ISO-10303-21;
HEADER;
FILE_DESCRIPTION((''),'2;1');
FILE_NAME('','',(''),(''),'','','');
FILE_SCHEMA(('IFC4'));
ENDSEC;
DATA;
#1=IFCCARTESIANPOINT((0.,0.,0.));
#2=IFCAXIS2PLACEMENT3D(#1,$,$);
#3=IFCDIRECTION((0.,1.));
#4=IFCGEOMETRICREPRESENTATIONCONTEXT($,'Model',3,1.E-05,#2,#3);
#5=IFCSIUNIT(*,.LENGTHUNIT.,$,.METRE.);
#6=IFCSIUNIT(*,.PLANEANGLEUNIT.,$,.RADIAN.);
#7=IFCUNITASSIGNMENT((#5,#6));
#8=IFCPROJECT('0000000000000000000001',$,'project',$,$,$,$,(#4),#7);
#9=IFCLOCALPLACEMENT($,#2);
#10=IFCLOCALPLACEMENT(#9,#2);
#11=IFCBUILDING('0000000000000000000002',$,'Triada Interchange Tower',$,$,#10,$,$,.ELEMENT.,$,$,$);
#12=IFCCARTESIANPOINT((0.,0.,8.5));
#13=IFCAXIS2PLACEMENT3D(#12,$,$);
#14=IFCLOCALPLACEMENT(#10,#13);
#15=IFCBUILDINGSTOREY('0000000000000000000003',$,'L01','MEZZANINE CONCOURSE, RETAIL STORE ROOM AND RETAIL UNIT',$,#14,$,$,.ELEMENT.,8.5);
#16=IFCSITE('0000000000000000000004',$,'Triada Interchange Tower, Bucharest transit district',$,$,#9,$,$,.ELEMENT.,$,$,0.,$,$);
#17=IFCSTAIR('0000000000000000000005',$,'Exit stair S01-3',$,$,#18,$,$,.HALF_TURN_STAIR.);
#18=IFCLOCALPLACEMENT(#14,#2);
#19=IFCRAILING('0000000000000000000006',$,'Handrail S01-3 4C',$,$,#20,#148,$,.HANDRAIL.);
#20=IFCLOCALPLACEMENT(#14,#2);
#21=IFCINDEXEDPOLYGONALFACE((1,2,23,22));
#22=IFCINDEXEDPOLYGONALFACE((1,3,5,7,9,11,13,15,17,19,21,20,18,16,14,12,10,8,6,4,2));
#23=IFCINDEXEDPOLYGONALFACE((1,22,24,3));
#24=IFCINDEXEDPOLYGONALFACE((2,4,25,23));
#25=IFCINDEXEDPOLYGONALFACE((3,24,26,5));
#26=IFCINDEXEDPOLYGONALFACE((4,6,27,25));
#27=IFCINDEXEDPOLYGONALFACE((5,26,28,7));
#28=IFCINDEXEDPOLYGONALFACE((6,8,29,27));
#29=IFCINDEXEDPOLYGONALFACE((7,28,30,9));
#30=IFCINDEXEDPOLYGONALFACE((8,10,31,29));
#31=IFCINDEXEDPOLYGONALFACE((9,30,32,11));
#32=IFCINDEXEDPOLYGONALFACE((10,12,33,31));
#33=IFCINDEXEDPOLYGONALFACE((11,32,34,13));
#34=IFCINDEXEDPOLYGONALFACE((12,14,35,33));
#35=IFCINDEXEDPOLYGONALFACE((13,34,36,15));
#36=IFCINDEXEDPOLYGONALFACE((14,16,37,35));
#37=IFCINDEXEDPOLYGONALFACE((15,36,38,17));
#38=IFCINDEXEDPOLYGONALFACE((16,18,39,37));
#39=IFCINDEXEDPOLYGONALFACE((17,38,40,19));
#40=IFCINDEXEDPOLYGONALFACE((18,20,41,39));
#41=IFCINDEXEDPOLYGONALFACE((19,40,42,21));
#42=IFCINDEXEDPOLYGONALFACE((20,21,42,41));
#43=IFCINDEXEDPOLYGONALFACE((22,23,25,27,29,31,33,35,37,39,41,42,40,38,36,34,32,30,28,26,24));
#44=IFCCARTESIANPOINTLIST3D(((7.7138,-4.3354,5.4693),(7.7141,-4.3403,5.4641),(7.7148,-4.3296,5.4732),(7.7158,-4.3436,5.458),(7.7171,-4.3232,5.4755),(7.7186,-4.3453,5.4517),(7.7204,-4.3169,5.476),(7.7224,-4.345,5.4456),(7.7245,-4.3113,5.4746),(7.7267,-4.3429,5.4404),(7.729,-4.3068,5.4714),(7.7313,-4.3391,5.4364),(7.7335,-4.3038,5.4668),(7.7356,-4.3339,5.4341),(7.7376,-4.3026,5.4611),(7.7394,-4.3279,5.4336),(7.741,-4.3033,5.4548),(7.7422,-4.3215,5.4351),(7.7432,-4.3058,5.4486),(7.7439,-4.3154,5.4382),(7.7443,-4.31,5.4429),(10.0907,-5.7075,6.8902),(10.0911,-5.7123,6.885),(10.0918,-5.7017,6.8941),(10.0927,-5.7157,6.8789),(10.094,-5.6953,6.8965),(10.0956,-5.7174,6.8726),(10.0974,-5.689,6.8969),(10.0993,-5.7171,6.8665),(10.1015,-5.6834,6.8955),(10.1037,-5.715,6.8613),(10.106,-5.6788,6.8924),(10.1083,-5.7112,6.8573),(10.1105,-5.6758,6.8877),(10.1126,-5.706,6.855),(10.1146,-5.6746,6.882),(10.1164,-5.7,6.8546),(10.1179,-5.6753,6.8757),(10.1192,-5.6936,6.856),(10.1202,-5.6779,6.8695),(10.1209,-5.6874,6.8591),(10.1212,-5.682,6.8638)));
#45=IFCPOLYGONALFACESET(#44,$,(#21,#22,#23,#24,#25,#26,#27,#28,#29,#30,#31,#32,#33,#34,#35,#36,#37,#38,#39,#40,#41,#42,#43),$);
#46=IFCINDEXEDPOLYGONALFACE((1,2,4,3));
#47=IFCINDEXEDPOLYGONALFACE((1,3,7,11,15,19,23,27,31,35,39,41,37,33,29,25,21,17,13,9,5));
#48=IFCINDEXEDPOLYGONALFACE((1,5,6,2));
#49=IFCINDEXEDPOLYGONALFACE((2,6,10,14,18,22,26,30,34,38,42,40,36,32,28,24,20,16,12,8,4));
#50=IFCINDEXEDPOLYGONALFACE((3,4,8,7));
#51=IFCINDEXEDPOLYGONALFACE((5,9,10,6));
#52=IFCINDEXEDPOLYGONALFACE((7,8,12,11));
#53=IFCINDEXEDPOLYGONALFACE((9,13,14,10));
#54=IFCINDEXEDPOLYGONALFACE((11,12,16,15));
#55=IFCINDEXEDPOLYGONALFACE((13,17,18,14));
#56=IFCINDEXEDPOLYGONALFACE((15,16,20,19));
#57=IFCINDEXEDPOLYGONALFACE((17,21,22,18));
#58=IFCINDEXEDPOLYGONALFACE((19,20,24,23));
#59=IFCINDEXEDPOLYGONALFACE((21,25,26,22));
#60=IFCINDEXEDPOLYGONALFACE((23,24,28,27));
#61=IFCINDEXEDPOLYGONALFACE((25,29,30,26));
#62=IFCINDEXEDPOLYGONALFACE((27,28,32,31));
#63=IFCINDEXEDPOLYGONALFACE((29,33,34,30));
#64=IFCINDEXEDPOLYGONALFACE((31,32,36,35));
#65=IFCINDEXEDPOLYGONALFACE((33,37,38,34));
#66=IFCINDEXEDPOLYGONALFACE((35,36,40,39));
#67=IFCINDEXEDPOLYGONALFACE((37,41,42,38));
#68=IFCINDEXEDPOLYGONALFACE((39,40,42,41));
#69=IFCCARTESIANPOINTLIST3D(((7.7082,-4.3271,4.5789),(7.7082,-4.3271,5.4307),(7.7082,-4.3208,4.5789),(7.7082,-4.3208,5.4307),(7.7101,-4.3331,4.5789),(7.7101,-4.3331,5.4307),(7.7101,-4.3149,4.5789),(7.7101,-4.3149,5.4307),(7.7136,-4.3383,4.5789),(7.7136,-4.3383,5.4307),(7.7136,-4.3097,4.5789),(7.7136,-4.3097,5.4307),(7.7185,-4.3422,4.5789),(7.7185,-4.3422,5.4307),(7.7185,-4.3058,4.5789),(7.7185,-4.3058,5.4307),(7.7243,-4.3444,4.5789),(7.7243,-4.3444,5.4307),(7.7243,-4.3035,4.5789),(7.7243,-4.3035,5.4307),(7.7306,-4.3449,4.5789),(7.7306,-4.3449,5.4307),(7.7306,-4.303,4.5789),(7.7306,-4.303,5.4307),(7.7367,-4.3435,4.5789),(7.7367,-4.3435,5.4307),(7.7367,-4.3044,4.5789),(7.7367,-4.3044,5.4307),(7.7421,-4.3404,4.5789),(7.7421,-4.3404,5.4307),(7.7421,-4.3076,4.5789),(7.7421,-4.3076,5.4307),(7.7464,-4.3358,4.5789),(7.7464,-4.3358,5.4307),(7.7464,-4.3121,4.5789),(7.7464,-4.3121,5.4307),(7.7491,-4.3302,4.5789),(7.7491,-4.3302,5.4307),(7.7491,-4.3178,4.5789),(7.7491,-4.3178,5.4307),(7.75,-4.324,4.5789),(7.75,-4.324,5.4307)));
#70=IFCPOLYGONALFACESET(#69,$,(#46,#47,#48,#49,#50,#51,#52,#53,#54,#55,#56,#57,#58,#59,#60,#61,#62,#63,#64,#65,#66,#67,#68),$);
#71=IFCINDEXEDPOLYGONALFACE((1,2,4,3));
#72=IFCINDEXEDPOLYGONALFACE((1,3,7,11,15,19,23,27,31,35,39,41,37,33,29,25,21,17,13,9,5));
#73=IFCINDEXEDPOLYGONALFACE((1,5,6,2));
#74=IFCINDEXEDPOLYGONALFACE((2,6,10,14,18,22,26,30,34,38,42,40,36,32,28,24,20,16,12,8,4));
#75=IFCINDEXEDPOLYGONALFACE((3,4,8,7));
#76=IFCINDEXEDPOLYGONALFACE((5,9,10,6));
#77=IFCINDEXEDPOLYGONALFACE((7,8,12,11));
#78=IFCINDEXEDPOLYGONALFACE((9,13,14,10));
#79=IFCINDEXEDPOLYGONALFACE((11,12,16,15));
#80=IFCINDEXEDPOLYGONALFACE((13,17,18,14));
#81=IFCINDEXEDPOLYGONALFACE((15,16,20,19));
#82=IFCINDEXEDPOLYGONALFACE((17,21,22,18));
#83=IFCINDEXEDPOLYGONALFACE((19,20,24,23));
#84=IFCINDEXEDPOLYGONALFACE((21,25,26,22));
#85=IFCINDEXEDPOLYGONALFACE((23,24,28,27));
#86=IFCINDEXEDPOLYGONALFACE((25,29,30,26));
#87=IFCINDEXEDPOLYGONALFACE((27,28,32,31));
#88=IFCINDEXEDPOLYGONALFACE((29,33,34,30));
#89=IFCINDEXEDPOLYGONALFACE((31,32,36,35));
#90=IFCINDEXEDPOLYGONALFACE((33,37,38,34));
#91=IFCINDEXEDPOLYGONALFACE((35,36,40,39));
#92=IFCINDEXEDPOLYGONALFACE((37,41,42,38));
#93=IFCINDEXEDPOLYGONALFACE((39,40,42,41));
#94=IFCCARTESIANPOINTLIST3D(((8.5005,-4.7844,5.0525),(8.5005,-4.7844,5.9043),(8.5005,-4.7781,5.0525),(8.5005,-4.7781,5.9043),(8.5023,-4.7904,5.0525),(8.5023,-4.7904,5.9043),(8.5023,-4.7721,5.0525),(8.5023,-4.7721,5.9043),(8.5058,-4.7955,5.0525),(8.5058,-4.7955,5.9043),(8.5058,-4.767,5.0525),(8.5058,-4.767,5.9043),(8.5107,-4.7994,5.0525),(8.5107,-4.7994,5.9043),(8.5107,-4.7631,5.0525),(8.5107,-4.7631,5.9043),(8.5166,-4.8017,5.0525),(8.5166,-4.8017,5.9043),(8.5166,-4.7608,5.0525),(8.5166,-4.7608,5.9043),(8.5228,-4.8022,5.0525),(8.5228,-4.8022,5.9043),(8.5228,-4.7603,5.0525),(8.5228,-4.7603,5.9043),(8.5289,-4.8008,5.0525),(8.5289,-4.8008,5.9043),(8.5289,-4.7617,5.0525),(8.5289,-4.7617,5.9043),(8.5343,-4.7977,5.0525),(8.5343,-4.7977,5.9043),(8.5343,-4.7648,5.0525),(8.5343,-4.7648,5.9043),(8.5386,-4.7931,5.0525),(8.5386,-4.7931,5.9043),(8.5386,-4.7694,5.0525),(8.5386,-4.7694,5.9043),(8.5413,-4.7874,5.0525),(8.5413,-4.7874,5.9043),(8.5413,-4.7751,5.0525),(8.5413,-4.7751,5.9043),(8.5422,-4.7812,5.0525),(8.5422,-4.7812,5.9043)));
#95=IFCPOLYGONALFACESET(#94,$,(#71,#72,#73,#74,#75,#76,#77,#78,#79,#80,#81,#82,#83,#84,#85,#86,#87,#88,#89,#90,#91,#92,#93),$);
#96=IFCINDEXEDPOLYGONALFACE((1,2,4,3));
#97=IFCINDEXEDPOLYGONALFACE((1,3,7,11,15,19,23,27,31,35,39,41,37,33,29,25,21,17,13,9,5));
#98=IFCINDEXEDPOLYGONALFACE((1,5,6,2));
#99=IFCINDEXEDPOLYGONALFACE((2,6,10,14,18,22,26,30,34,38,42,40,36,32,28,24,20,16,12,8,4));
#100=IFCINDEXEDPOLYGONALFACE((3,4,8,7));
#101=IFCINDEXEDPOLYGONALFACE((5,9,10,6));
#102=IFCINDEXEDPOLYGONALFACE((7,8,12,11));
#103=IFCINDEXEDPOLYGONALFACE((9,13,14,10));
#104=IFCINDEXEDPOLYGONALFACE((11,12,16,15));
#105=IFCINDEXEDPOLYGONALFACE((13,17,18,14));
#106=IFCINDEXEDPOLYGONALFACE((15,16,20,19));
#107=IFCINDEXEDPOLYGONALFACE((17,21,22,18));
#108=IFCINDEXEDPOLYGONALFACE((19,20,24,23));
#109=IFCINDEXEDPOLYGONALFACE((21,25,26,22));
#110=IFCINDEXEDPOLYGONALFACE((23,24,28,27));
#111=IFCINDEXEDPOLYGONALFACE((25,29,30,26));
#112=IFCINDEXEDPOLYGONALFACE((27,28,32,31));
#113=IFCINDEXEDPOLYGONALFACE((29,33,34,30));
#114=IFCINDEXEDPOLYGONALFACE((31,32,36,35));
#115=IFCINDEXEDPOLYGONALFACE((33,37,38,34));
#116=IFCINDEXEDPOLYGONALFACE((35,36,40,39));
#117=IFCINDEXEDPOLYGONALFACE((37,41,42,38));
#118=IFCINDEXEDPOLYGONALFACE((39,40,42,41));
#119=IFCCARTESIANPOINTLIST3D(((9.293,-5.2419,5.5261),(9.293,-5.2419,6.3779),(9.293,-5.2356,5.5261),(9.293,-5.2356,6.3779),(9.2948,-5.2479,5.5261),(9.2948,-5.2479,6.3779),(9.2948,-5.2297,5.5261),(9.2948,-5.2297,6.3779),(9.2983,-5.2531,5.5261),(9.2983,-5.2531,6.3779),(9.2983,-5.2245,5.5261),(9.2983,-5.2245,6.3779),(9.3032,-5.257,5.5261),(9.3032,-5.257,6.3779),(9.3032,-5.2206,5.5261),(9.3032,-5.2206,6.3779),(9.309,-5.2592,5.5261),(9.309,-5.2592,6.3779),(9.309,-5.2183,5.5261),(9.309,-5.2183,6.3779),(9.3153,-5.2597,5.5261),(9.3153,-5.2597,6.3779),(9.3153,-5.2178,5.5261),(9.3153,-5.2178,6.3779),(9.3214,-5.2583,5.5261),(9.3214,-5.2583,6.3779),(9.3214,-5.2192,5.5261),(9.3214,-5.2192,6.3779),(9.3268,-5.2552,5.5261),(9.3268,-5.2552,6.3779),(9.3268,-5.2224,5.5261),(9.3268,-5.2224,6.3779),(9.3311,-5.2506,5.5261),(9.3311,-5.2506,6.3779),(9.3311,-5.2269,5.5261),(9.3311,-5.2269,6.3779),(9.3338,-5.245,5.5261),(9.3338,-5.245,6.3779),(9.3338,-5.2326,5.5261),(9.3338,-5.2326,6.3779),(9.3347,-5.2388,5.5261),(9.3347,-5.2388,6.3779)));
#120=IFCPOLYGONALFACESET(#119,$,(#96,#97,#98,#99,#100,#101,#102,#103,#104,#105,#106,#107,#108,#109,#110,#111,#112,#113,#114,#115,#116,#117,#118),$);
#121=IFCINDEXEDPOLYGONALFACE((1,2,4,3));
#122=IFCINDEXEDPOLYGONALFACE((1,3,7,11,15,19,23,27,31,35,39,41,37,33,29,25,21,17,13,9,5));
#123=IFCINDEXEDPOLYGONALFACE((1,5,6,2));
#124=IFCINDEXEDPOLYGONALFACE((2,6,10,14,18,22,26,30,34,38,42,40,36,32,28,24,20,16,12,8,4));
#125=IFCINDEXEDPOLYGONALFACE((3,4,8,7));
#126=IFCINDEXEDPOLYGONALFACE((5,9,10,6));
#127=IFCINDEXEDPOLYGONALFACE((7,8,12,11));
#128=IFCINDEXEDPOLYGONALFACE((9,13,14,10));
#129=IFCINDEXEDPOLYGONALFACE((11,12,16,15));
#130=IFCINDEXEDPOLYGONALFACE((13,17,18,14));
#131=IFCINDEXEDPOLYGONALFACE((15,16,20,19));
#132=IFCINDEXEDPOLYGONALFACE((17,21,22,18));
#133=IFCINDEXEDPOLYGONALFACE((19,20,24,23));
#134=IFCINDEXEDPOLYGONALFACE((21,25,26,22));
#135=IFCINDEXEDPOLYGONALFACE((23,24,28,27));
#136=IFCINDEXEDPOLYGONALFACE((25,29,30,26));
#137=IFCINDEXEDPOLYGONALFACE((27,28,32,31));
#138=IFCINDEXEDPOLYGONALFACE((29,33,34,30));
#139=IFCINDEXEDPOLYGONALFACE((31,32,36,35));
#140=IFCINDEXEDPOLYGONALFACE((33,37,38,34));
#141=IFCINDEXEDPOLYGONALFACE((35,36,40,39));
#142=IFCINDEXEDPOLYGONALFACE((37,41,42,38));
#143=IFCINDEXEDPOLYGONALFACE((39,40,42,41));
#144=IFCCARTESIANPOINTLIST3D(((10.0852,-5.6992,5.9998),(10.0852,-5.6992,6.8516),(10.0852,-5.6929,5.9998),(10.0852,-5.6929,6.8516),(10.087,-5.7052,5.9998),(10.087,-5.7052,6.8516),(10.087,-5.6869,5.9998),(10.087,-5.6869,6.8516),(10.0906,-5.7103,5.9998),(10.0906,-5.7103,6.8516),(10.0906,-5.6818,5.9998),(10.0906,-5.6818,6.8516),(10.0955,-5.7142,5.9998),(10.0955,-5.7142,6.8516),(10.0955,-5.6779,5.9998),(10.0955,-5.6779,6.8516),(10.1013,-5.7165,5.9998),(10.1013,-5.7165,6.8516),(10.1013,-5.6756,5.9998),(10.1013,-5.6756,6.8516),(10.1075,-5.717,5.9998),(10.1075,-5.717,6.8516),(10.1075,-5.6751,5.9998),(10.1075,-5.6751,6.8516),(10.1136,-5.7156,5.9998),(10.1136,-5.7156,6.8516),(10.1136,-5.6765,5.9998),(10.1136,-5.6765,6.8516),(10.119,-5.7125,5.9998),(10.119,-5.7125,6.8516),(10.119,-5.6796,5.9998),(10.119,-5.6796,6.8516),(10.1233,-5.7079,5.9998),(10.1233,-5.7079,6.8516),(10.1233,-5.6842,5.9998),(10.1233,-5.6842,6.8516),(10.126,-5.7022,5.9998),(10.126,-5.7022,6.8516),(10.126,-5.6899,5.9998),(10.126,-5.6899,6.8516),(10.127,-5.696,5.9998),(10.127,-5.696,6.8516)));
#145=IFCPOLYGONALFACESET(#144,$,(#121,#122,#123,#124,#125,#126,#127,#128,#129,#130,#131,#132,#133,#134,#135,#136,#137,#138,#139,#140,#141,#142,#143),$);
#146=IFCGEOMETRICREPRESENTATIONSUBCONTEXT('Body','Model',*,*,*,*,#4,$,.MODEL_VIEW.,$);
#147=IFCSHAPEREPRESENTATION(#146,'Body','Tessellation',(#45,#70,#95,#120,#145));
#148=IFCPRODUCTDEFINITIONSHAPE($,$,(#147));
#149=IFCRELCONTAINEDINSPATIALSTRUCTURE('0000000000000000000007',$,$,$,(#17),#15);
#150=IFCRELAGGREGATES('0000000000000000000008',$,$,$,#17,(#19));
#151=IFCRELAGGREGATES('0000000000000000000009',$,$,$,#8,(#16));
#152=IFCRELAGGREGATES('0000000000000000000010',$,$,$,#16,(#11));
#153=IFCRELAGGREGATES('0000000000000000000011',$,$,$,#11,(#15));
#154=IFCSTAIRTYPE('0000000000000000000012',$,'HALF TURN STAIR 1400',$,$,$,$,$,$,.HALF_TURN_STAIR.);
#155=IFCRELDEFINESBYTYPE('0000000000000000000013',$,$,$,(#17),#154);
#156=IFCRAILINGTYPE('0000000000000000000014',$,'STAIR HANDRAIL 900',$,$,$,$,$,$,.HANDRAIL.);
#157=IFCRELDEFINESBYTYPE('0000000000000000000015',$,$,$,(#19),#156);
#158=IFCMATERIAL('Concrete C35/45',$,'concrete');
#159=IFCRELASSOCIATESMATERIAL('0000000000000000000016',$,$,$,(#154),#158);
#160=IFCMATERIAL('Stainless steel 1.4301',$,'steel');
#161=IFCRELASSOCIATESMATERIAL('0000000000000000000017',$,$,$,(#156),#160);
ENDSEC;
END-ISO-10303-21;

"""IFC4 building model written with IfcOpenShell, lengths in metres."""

from ifc_helpers import new_model, si_unit, direction, frame, origin, origin_2d, place, context, subcontext, project, spatial, circle, extrude, material, type_object, element, aggregate, save


model = new_model("IFC4")

# Units and contexts
model_context = context("Model", 3, precision=1e-05, world=origin(), true_north=direction((0.0, 1.0)))
body_context = subcontext(model_context, "Body", "Model", "MODEL_VIEW")
ifc_project = project(units=[si_unit("LENGTHUNIT", "METRE"), si_unit("PLANEANGLEUNIT", "RADIAN")], contexts=[model_context])

# Site, building, storey
site_placement = place(None, origin())
site = spatial("IfcSite", under=ifc_project, at=site_placement, Name="Triada Interchange Tower, Bucharest transit district", CompositionType="ELEMENT", RefElevation=0.0)
building_placement = place(site_placement, origin())
building = spatial("IfcBuilding", under=site, at=building_placement, Name="Triada Interchange Tower", CompositionType="ELEMENT")
storey_placement = place(building_placement, frame((0.0, 0.0, 8.5)))
storey = spatial("IfcBuildingStorey", under=building, at=storey_placement, Name="L01", Description="MEZZANINE CONCOURSE, RETAIL STORE ROOM AND RETAIL UNIT", CompositionType="ELEMENT", Elevation=8.5)

# Shared definitions
ifc_material_1 = material(Name="Concrete C35/45", Category="concrete")

# Stair
stair_type = type_object("IfcStairType", Name="HALF TURN STAIR 1400", PredefinedType="HALF_TURN_STAIR", material=ifc_material_1)
stair_1_placement = place(storey_placement, origin())
stair_1 = element("IfcStair", 1, at=stair_1_placement, inside=storey, type_object=stair_type, Name="Exit stair S01-3", PredefinedType="HALF_TURN_STAIR")

# Railing
ifc_material_2 = material(Name="Stainless steel 1.4301", Category="steel")
railing_type_1 = type_object("IfcRailingType", Name="STAIR HANDRAIL 900", PredefinedType="HANDRAIL", material=ifc_material_2)
railing_1_placement = place(storey_placement, frame((7.729, -4.324, 4.5789)))
railing_1 = element("IfcRailing", 2, at=railing_1_placement, type_object=railing_type_1, Name="Handrail S01-3 4C", PredefinedType="HANDRAIL", context=body_context, shape_type="SweptSolid", body=[
    extrude(circle(Radius=0.0239, at=origin_2d()), frame((0.0, 0.0, 0.876), z_axis=(0.769106, -0.443958, 0.459757), x_axis=(0.499928, 0.866067, 0.0)), (0.0, 0.0, 1.0), 3.0906),
    extrude(circle(Radius=0.021, at=origin_2d()), origin(), (0.0, 0.0, 1.0), 0.8518),
    extrude(circle(Radius=0.021, at=origin_2d()), frame((0.7922, -0.4573, 0.4736)), (0.0, 0.0, 1.0), 0.8518),
    extrude(circle(Radius=0.021, at=origin_2d()), frame((1.5847, -0.9148, 0.9473)), (0.0, 0.0, 1.0), 0.8518),
    extrude(circle(Radius=0.021, at=origin_2d()), frame((2.377, -1.3721, 1.4209)), (0.0, 0.0, 1.0), 0.8518),
])
aggregate(stair_1, [railing_1])

save(model, "model.ifc")
